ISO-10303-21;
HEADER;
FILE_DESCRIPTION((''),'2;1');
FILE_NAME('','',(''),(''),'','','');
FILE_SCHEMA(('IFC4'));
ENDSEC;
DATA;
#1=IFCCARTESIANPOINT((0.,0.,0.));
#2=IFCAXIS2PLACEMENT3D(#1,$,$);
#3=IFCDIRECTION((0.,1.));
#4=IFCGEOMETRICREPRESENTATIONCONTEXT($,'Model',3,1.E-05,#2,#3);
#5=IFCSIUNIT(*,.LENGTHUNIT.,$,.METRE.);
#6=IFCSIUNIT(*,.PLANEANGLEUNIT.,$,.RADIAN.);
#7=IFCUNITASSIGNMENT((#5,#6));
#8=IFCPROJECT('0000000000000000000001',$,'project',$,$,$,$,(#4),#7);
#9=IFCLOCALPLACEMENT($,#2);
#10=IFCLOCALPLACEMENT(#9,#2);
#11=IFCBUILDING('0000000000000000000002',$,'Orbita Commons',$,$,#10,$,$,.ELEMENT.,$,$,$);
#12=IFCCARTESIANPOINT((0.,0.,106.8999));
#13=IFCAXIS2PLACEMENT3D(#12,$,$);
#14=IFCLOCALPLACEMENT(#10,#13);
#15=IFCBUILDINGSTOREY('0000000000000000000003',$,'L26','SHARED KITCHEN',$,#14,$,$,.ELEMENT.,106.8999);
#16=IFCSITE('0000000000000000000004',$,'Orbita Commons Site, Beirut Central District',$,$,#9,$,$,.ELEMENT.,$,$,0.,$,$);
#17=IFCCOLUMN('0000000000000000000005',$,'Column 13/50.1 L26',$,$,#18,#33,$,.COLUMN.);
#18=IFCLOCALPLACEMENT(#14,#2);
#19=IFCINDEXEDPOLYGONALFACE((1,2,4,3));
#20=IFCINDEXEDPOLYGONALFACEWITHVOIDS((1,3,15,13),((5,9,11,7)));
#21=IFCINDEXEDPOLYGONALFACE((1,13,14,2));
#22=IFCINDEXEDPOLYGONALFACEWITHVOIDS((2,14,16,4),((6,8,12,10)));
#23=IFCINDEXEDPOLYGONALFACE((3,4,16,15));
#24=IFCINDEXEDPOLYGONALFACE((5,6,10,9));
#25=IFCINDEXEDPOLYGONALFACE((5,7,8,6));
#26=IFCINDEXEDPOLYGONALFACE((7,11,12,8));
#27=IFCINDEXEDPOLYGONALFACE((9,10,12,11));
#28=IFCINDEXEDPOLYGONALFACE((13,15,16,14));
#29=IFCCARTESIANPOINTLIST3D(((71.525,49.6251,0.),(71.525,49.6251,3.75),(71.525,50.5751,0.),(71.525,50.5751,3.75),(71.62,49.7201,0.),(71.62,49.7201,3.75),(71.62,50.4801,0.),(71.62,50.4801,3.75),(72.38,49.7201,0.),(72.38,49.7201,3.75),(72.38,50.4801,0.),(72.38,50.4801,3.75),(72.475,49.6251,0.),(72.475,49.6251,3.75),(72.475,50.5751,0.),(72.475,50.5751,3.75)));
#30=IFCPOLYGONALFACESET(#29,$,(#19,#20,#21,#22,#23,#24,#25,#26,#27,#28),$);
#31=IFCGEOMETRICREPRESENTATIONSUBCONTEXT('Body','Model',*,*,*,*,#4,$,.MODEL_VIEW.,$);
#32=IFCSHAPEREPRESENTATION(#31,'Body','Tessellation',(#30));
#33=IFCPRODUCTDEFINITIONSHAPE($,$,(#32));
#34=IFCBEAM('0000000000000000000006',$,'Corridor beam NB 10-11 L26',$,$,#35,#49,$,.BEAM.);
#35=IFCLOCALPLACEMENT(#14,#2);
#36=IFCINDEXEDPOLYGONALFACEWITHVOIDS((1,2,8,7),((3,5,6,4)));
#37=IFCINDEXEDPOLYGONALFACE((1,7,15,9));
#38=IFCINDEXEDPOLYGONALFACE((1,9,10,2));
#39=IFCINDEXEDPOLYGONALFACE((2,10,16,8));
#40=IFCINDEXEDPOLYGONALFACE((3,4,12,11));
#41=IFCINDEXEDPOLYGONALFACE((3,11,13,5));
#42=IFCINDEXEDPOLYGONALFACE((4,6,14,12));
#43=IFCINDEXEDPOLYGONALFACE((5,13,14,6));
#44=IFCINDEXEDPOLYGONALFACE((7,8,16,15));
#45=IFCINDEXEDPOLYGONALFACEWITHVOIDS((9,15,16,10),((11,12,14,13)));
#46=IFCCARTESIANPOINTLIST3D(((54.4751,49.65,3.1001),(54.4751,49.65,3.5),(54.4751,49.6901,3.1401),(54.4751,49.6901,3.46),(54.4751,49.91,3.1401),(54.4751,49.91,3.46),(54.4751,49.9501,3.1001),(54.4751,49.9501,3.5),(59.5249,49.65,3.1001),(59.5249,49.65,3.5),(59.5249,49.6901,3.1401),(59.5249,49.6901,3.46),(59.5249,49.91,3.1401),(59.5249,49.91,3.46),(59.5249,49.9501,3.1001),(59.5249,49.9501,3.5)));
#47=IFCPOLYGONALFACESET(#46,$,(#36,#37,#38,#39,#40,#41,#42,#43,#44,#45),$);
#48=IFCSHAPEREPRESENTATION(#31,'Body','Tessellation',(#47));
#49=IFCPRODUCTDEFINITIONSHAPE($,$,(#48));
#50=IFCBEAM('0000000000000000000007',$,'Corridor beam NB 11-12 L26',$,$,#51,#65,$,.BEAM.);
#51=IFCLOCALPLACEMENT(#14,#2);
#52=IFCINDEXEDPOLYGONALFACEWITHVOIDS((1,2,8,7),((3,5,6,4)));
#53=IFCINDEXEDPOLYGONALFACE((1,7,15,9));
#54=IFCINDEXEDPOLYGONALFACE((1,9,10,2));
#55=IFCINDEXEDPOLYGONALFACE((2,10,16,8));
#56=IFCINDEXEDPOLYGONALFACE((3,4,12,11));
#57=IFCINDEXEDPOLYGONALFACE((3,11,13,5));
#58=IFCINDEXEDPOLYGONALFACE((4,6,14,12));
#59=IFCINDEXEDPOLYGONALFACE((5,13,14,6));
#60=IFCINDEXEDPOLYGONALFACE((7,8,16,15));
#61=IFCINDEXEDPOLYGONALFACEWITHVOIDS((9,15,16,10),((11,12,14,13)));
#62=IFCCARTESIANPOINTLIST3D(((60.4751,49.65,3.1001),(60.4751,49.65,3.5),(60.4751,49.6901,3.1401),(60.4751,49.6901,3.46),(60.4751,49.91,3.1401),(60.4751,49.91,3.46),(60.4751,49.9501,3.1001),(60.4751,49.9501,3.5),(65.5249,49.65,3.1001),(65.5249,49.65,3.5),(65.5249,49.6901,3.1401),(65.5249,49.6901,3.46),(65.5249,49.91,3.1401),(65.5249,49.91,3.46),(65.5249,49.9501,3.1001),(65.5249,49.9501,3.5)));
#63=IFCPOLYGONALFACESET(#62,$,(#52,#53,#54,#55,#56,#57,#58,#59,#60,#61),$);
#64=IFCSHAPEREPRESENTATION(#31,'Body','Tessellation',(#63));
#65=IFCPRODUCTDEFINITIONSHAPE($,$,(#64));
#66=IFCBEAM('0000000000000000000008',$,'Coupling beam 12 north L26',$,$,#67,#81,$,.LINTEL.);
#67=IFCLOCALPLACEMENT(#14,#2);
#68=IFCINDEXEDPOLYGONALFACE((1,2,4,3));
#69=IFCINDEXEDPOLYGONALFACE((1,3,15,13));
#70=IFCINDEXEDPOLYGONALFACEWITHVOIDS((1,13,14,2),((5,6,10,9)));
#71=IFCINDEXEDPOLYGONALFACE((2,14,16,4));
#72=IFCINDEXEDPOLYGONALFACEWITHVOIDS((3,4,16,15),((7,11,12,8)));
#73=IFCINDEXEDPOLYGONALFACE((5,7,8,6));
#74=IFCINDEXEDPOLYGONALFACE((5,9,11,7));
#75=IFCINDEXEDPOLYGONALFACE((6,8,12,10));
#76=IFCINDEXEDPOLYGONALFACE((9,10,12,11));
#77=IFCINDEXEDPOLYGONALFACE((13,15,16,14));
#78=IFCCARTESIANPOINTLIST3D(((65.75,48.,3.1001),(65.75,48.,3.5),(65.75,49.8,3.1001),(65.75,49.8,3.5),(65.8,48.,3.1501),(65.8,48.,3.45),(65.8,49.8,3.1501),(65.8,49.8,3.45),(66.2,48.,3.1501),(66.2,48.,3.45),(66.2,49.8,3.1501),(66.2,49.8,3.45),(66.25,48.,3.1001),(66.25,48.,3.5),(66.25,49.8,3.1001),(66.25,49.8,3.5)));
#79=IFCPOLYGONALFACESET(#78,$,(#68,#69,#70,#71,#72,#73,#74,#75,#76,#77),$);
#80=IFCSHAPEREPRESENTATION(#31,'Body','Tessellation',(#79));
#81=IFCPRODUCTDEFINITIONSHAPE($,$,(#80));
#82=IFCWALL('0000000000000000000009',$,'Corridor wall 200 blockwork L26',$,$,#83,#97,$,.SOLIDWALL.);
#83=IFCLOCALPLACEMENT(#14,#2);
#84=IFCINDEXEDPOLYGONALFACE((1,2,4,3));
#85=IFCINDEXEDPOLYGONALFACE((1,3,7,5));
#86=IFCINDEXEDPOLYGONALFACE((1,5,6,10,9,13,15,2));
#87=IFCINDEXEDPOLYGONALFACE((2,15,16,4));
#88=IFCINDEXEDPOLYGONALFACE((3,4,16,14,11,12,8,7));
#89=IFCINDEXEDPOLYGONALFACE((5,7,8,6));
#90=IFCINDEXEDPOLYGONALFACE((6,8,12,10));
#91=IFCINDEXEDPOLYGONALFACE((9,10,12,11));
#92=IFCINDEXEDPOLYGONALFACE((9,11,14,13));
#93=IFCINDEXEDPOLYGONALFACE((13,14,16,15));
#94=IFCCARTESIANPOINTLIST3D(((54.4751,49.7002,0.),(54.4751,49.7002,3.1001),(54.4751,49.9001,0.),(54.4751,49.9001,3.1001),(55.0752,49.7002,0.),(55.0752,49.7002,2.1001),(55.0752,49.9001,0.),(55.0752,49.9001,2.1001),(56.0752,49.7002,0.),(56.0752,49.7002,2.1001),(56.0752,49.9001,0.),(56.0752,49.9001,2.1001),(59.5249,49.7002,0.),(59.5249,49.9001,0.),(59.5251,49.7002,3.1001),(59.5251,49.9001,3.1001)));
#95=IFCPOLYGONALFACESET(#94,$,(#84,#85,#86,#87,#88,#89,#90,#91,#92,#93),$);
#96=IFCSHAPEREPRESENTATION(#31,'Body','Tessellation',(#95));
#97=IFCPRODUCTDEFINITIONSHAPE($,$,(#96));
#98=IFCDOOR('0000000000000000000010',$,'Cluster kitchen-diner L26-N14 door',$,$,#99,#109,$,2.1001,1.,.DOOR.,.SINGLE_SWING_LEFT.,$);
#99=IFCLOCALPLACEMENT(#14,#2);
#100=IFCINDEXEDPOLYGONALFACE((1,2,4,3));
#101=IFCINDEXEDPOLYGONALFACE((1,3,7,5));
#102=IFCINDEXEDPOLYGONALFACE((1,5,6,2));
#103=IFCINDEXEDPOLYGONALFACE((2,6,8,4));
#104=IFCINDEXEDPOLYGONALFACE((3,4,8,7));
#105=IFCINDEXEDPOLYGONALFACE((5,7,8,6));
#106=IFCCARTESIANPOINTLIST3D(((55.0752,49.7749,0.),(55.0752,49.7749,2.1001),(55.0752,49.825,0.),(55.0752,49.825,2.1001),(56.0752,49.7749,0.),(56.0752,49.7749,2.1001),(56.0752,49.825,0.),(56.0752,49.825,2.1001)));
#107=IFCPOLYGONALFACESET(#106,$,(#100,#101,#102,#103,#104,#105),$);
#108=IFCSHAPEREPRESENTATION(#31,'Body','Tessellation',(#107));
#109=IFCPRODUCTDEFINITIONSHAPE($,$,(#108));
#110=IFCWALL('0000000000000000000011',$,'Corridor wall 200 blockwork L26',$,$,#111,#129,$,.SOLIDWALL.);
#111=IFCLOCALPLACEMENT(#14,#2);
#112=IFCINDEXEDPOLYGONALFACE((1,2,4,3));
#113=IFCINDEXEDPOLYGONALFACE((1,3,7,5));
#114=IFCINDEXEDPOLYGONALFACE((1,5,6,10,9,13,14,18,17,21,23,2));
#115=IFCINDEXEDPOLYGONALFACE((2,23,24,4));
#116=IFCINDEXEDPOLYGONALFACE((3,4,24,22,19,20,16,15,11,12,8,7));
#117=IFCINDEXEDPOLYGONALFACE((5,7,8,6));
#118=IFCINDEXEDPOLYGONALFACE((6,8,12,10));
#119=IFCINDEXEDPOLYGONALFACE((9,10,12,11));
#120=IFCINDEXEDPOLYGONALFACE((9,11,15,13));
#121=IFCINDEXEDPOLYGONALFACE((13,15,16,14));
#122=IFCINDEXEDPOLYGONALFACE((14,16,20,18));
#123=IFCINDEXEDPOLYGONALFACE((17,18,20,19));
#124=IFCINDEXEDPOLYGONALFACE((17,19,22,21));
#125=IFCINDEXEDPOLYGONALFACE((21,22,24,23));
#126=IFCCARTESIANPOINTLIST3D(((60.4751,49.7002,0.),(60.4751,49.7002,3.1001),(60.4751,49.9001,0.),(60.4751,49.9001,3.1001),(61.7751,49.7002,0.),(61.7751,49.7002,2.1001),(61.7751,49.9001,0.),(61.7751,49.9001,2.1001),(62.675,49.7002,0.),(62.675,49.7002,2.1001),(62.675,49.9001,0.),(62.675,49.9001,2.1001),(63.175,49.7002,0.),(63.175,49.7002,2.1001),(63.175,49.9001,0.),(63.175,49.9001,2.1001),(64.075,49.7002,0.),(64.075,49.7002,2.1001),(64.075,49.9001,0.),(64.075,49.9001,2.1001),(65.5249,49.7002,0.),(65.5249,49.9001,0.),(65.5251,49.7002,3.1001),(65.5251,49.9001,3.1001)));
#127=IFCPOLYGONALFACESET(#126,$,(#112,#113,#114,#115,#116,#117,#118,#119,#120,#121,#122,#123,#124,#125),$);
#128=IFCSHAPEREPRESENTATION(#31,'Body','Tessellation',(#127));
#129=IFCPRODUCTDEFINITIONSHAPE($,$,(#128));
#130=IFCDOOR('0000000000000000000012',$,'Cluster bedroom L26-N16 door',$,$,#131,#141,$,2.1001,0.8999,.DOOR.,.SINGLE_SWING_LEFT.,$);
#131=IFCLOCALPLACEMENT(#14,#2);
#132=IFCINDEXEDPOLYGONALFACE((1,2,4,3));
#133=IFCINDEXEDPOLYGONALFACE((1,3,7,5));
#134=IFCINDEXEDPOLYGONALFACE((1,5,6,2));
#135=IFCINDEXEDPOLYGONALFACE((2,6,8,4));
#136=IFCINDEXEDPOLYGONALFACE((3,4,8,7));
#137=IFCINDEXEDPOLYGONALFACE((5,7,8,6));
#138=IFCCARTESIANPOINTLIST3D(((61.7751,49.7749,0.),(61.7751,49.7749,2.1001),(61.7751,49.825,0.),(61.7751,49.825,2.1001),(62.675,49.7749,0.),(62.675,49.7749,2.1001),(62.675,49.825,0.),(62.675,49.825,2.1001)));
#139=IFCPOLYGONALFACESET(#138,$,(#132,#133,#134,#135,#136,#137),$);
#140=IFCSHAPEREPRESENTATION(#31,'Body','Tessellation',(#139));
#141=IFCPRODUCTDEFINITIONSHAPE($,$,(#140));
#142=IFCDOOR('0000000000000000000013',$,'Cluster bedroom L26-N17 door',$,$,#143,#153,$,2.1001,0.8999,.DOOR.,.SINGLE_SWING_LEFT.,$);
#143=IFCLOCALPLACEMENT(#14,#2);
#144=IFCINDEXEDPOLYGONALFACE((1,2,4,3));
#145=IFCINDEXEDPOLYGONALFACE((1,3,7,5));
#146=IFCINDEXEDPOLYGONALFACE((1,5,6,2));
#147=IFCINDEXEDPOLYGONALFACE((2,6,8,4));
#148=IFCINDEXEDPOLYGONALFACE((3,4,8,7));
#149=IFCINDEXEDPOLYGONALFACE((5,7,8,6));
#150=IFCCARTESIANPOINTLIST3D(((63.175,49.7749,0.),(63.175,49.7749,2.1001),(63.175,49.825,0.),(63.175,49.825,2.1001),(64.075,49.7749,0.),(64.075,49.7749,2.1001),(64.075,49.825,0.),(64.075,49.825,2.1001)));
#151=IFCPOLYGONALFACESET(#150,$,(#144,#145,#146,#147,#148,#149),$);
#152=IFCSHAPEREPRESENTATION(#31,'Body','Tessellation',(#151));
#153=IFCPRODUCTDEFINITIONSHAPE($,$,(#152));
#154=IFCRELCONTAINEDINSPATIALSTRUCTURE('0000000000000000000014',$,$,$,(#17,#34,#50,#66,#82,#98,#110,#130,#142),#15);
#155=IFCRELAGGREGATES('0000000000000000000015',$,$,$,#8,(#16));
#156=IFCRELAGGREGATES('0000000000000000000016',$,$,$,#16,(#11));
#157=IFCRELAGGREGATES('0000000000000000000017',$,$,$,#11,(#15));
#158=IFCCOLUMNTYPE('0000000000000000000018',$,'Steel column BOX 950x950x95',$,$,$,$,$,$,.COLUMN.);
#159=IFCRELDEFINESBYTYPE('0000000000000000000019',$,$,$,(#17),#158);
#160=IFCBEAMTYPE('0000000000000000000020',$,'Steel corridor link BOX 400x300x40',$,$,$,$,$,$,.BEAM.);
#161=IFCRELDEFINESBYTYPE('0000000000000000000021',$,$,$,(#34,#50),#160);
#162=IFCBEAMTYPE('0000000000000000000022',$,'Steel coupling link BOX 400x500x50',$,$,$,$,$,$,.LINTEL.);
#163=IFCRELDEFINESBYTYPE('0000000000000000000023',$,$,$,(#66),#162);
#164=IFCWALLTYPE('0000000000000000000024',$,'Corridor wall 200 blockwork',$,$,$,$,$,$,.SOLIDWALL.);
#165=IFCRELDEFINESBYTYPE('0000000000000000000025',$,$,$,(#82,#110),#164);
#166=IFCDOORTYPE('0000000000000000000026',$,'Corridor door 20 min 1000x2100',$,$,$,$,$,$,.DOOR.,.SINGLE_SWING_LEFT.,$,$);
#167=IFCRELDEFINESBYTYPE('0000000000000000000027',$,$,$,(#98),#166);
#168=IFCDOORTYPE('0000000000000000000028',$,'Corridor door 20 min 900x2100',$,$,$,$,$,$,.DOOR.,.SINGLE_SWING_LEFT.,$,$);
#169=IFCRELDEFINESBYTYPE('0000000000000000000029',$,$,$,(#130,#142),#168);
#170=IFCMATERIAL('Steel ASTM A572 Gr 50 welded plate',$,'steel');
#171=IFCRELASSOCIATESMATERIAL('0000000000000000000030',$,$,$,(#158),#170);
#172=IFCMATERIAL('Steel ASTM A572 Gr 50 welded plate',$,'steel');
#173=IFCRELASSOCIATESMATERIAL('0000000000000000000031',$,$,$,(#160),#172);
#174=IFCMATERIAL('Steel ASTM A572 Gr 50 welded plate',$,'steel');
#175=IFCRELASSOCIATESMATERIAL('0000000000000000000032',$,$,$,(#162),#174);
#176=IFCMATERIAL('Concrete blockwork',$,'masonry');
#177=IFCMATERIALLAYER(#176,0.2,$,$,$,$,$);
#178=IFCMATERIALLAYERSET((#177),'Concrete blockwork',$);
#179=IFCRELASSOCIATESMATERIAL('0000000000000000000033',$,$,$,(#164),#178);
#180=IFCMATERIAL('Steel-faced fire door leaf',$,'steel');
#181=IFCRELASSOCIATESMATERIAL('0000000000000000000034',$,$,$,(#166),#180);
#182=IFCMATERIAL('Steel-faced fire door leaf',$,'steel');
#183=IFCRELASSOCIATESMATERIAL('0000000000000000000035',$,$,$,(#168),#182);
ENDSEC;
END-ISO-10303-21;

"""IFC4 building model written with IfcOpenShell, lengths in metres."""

from ifc_helpers import new_model, si_unit, direction, frame, frame_2d, origin, origin_2d, place, context, subcontext, project, spatial, polyline, rectangle, hollow_rectangle, outline, extrude, material, layer, layer_set, material_profile, profile_set, type_object, element, fill, save


model = new_model("IFC4")

# Units and contexts
model_context = context("Model", 3, precision=1e-05, world=origin(), true_north=direction((0.0, 1.0)))
body_context = subcontext(model_context, "Body", "Model", "MODEL_VIEW")
ifc_project = project(units=[si_unit("LENGTHUNIT", "METRE"), si_unit("PLANEANGLEUNIT", "RADIAN")], contexts=[model_context])

# Site, building, storey
site_placement = place(None, origin())
site = spatial("IfcSite", under=ifc_project, at=site_placement, Name="Orbita Commons Site, Beirut Central District", CompositionType="ELEMENT", RefElevation=0.0)
building_placement = place(site_placement, origin())
building = spatial("IfcBuilding", under=site, at=building_placement, Name="Orbita Commons", CompositionType="ELEMENT")
storey_placement = place(building_placement, frame((0.0, 0.0, 106.8999)))
storey = spatial("IfcBuildingStorey", under=building, at=storey_placement, Name="L26", Description="SHARED KITCHEN", CompositionType="ELEMENT", Elevation=106.8999)

# Column
ifc_material_1 = material(Name="Steel ASTM A572 Gr 50 welded plate", Category="steel")
ifc_material_profile_1 = material_profile(ifc_material_1, hollow_rectangle(XDim=0.95, YDim=0.95, WallThickness=0.095, at=origin_2d()), Name="BOX 950x950x95")
ifc_profile_set_1 = profile_set([ifc_material_profile_1], Name="Steel ASTM A572 Gr 50 welded plate")
column_type = type_object("IfcColumnType", Name="Steel column BOX 950x950x95", PredefinedType="COLUMN", material=ifc_profile_set_1)
column_placement = place(storey_placement, frame((72.0, 50.1001, 0.0), z_axis=(0.0, 0.0, 1.0), x_axis=(1.0, 0.0, 0.0)))
element("IfcColumn", 1, at=column_placement, inside=storey, type_object=column_type, Name="Column 13/50.1 L26", PredefinedType="COLUMN", context=body_context, shape_type="SweptSolid", body=[
    extrude(hollow_rectangle(XDim=0.95, YDim=0.95, WallThickness=0.095, at=origin_2d()), origin(), (0.0, 0.0, 1.0), 3.75),
])

# Beams
ifc_material_2 = material(Name="Steel ASTM A572 Gr 50 welded plate", Category="steel")
ifc_material_profile_2 = material_profile(ifc_material_2, hollow_rectangle(XDim=0.3, YDim=0.3999, WallThickness=0.04, at=origin_2d()), Name="BOX 400x300x40")
ifc_profile_set_2 = profile_set([ifc_material_profile_2], Name="Steel ASTM A572 Gr 50 welded plate")
beam_type_1 = type_object("IfcBeamType", Name="Steel corridor link BOX 400x300x40", PredefinedType="BEAM", material=ifc_profile_set_2)
for number, where, z_axis, x_axis, name in (
    (2, (54.4751, 49.8, 3.3), (1.0, 0.0, 0.0), (0.0, 1.0, 0.0), "Corridor beam NB 10-11 L26"),
    (3, (60.4751, 49.8, 3.3), (1.0, 0.0, 0.0), (0.0, 1.0, 0.0), "Corridor beam NB 11-12 L26"),
):
    element("IfcBeam", number, at=place(storey_placement, frame(where, z_axis=z_axis, x_axis=x_axis)), inside=storey, type_object=beam_type_1, Name=name, PredefinedType="BEAM", context=body_context, shape_type="SweptSolid", body=[
        extrude(hollow_rectangle(XDim=0.3, YDim=0.3999, WallThickness=0.04, at=origin_2d()), origin(), (0.0, 0.0, 1.0), 5.0498),
    ])
ifc_material_3 = material(Name="Steel ASTM A572 Gr 50 welded plate", Category="steel")
ifc_material_profile_3 = material_profile(ifc_material_3, hollow_rectangle(XDim=0.5, YDim=0.3999, WallThickness=0.05, at=origin_2d()), Name="BOX 400x500x50")
ifc_profile_set_3 = profile_set([ifc_material_profile_3], Name="Steel ASTM A572 Gr 50 welded plate")
beam_type_2 = type_object("IfcBeamType", Name="Steel coupling link BOX 400x500x50", PredefinedType="LINTEL", material=ifc_profile_set_3)
beam_placement = place(storey_placement, frame((66.0, 48.0, 3.3), z_axis=(0.0, 1.0, 0.0), x_axis=(-1.0, 0.0, 0.0)))
element("IfcBeam", 4, at=beam_placement, inside=storey, type_object=beam_type_2, Name="Coupling beam 12 north L26", PredefinedType="LINTEL", context=body_context, shape_type="SweptSolid", body=[
    extrude(hollow_rectangle(XDim=0.5, YDim=0.3999, WallThickness=0.05, at=origin_2d()), origin(), (0.0, 0.0, 1.0), 1.8),
])

# Wall, opening, door
ifc_material_4 = material(Name="Concrete blockwork", Category="masonry")
ifc_layer_1 = layer(ifc_material_4, 0.2)
ifc_layer_set_1 = layer_set([ifc_layer_1], Name="Concrete blockwork")
wall_type_1 = type_object("IfcWallType", Name="Corridor wall 200 blockwork", PredefinedType="SOLIDWALL", material=ifc_layer_set_1)
wall_1_placement = place(storey_placement, frame((54.4751, 49.8, 0.0), z_axis=(0.0, 0.0, 1.0), x_axis=(1.0, 0.0, 0.0)))
wall_1 = element("IfcWall", 5, at=wall_1_placement, inside=storey, type_object=wall_type_1, Name="Corridor wall 200 blockwork L26", PredefinedType="SOLIDWALL", context=body_context, shape_type="SweptSolid", body=[
    extrude(outline(polyline([(0.0, 0.0), (5.0498, 0.0), (5.05, 3.1001), (0.0, 3.1001), (0.0, 0.0)])), frame((0.0, 0.1001, 0.0), z_axis=(0.0, -1.0, 0.0), x_axis=(1.0, 0.0, 0.0)), (0.0, 0.0, 1.0), 0.2),
])
opening_1_placement = place(wall_1_placement, frame((0.6001, 0.0, 0.0)))
opening_1 = element("IfcOpeningElement", 6, at=opening_1_placement, cuts=wall_1, PredefinedType="OPENING", context=body_context, shape_type="SweptSolid", body=[
    extrude(rectangle(XDim=1.0, YDim=2.1001, at=frame_2d((0.5, 1.05))), frame((0.0, 0.1099, 0.0), z_axis=(0.0, -1.0, 0.0), x_axis=(1.0, 0.0, 0.0)), (0.0, 0.0, 1.0), 0.22),
])
ifc_material_5 = material(Name="Steel-faced fire door leaf", Category="steel")
door_type_1 = type_object("IfcDoorType", Name="Corridor door 20 min 1000x2100", OperationType="SINGLE_SWING_LEFT", PredefinedType="DOOR", material=ifc_material_5)
door_1_placement = place(opening_1_placement, origin())
door_1 = element("IfcDoor", 7, at=door_1_placement, inside=storey, type_object=door_type_1, Name="Cluster kitchen-diner L26-N14 door", OperationType="SINGLE_SWING_LEFT", OverallHeight=2.1001, OverallWidth=1.0, PredefinedType="DOOR", context=body_context, shape_type="SweptSolid", body=[
    extrude(rectangle(XDim=1.0, YDim=2.1001, at=frame_2d((0.5, 1.05))), frame((0.0, 0.0249, 0.0), z_axis=(0.0, -1.0, 0.0), x_axis=(1.0, 0.0, 0.0)), (0.0, 0.0, 1.0), 0.05),
])
fill(opening_1, door_1)

# Wall, openings, doors
wall_2_placement = place(storey_placement, frame((60.4751, 49.8, 0.0), z_axis=(0.0, 0.0, 1.0), x_axis=(1.0, 0.0, 0.0)))
wall_2 = element("IfcWall", 8, at=wall_2_placement, inside=storey, type_object=wall_type_1, Name="Corridor wall 200 blockwork L26", PredefinedType="SOLIDWALL", context=body_context, shape_type="SweptSolid", body=[
    extrude(outline(polyline([(0.0, 0.0), (5.0498, 0.0), (5.05, 3.1001), (0.0, 3.1001), (0.0, 0.0)])), frame((0.0, 0.1001, 0.0), z_axis=(0.0, -1.0, 0.0), x_axis=(1.0, 0.0, 0.0)), (0.0, 0.0, 1.0), 0.2),
])
opening_2_placement = place(wall_2_placement, frame((1.3, 0.0, 0.0)))
opening_2 = element("IfcOpeningElement", 9, at=opening_2_placement, cuts=wall_2, PredefinedType="OPENING", context=body_context, shape_type="SweptSolid", body=[
    extrude(rectangle(XDim=0.8999, YDim=2.1001, at=frame_2d((0.45, 1.05))), frame((0.0, 0.1099, 0.0), z_axis=(0.0, -1.0, 0.0), x_axis=(1.0, 0.0, 0.0)), (0.0, 0.0, 1.0), 0.22),
])
opening_3_placement = place(wall_2_placement, frame((2.7, 0.0, 0.0)))
opening_3 = element("IfcOpeningElement", 10, at=opening_3_placement, cuts=wall_2, PredefinedType="OPENING", context=body_context, shape_type="SweptSolid", body=[
    extrude(rectangle(XDim=0.8999, YDim=2.1001, at=frame_2d((0.45, 1.05))), frame((0.0, 0.1099, 0.0), z_axis=(0.0, -1.0, 0.0), x_axis=(1.0, 0.0, 0.0)), (0.0, 0.0, 1.0), 0.22),
])
ifc_material_6 = material(Name="Steel-faced fire door leaf", Category="steel")
door_type_2 = type_object("IfcDoorType", Name="Corridor door 20 min 900x2100", OperationType="SINGLE_SWING_LEFT", PredefinedType="DOOR", material=ifc_material_6)
door_2_placement = place(opening_2_placement, origin())
door_2 = element("IfcDoor", 11, at=door_2_placement, inside=storey, type_object=door_type_2, Name="Cluster bedroom L26-N16 door", OperationType="SINGLE_SWING_LEFT", OverallHeight=2.1001, OverallWidth=0.8999, PredefinedType="DOOR", context=body_context, shape_type="SweptSolid", body=[
    extrude(rectangle(XDim=0.8999, YDim=2.1001, at=frame_2d((0.45, 1.05))), frame((0.0, 0.0249, 0.0), z_axis=(0.0, -1.0, 0.0), x_axis=(1.0, 0.0, 0.0)), (0.0, 0.0, 1.0), 0.05),
])
fill(opening_2, door_2)
door_3_placement = place(opening_3_placement, origin())
door_3 = element("IfcDoor", 12, at=door_3_placement, inside=storey, type_object=door_type_2, Name="Cluster bedroom L26-N17 door", OperationType="SINGLE_SWING_LEFT", OverallHeight=2.1001, OverallWidth=0.8999, PredefinedType="DOOR", context=body_context, shape_type="SweptSolid", body=[
    extrude(rectangle(XDim=0.8999, YDim=2.1001, at=frame_2d((0.45, 1.05))), frame((0.0, 0.0249, 0.0), z_axis=(0.0, -1.0, 0.0), x_axis=(1.0, 0.0, 0.0)), (0.0, 0.0, 1.0), 0.05),
])
fill(opening_3, door_3)

save(model, "model.ifc")
